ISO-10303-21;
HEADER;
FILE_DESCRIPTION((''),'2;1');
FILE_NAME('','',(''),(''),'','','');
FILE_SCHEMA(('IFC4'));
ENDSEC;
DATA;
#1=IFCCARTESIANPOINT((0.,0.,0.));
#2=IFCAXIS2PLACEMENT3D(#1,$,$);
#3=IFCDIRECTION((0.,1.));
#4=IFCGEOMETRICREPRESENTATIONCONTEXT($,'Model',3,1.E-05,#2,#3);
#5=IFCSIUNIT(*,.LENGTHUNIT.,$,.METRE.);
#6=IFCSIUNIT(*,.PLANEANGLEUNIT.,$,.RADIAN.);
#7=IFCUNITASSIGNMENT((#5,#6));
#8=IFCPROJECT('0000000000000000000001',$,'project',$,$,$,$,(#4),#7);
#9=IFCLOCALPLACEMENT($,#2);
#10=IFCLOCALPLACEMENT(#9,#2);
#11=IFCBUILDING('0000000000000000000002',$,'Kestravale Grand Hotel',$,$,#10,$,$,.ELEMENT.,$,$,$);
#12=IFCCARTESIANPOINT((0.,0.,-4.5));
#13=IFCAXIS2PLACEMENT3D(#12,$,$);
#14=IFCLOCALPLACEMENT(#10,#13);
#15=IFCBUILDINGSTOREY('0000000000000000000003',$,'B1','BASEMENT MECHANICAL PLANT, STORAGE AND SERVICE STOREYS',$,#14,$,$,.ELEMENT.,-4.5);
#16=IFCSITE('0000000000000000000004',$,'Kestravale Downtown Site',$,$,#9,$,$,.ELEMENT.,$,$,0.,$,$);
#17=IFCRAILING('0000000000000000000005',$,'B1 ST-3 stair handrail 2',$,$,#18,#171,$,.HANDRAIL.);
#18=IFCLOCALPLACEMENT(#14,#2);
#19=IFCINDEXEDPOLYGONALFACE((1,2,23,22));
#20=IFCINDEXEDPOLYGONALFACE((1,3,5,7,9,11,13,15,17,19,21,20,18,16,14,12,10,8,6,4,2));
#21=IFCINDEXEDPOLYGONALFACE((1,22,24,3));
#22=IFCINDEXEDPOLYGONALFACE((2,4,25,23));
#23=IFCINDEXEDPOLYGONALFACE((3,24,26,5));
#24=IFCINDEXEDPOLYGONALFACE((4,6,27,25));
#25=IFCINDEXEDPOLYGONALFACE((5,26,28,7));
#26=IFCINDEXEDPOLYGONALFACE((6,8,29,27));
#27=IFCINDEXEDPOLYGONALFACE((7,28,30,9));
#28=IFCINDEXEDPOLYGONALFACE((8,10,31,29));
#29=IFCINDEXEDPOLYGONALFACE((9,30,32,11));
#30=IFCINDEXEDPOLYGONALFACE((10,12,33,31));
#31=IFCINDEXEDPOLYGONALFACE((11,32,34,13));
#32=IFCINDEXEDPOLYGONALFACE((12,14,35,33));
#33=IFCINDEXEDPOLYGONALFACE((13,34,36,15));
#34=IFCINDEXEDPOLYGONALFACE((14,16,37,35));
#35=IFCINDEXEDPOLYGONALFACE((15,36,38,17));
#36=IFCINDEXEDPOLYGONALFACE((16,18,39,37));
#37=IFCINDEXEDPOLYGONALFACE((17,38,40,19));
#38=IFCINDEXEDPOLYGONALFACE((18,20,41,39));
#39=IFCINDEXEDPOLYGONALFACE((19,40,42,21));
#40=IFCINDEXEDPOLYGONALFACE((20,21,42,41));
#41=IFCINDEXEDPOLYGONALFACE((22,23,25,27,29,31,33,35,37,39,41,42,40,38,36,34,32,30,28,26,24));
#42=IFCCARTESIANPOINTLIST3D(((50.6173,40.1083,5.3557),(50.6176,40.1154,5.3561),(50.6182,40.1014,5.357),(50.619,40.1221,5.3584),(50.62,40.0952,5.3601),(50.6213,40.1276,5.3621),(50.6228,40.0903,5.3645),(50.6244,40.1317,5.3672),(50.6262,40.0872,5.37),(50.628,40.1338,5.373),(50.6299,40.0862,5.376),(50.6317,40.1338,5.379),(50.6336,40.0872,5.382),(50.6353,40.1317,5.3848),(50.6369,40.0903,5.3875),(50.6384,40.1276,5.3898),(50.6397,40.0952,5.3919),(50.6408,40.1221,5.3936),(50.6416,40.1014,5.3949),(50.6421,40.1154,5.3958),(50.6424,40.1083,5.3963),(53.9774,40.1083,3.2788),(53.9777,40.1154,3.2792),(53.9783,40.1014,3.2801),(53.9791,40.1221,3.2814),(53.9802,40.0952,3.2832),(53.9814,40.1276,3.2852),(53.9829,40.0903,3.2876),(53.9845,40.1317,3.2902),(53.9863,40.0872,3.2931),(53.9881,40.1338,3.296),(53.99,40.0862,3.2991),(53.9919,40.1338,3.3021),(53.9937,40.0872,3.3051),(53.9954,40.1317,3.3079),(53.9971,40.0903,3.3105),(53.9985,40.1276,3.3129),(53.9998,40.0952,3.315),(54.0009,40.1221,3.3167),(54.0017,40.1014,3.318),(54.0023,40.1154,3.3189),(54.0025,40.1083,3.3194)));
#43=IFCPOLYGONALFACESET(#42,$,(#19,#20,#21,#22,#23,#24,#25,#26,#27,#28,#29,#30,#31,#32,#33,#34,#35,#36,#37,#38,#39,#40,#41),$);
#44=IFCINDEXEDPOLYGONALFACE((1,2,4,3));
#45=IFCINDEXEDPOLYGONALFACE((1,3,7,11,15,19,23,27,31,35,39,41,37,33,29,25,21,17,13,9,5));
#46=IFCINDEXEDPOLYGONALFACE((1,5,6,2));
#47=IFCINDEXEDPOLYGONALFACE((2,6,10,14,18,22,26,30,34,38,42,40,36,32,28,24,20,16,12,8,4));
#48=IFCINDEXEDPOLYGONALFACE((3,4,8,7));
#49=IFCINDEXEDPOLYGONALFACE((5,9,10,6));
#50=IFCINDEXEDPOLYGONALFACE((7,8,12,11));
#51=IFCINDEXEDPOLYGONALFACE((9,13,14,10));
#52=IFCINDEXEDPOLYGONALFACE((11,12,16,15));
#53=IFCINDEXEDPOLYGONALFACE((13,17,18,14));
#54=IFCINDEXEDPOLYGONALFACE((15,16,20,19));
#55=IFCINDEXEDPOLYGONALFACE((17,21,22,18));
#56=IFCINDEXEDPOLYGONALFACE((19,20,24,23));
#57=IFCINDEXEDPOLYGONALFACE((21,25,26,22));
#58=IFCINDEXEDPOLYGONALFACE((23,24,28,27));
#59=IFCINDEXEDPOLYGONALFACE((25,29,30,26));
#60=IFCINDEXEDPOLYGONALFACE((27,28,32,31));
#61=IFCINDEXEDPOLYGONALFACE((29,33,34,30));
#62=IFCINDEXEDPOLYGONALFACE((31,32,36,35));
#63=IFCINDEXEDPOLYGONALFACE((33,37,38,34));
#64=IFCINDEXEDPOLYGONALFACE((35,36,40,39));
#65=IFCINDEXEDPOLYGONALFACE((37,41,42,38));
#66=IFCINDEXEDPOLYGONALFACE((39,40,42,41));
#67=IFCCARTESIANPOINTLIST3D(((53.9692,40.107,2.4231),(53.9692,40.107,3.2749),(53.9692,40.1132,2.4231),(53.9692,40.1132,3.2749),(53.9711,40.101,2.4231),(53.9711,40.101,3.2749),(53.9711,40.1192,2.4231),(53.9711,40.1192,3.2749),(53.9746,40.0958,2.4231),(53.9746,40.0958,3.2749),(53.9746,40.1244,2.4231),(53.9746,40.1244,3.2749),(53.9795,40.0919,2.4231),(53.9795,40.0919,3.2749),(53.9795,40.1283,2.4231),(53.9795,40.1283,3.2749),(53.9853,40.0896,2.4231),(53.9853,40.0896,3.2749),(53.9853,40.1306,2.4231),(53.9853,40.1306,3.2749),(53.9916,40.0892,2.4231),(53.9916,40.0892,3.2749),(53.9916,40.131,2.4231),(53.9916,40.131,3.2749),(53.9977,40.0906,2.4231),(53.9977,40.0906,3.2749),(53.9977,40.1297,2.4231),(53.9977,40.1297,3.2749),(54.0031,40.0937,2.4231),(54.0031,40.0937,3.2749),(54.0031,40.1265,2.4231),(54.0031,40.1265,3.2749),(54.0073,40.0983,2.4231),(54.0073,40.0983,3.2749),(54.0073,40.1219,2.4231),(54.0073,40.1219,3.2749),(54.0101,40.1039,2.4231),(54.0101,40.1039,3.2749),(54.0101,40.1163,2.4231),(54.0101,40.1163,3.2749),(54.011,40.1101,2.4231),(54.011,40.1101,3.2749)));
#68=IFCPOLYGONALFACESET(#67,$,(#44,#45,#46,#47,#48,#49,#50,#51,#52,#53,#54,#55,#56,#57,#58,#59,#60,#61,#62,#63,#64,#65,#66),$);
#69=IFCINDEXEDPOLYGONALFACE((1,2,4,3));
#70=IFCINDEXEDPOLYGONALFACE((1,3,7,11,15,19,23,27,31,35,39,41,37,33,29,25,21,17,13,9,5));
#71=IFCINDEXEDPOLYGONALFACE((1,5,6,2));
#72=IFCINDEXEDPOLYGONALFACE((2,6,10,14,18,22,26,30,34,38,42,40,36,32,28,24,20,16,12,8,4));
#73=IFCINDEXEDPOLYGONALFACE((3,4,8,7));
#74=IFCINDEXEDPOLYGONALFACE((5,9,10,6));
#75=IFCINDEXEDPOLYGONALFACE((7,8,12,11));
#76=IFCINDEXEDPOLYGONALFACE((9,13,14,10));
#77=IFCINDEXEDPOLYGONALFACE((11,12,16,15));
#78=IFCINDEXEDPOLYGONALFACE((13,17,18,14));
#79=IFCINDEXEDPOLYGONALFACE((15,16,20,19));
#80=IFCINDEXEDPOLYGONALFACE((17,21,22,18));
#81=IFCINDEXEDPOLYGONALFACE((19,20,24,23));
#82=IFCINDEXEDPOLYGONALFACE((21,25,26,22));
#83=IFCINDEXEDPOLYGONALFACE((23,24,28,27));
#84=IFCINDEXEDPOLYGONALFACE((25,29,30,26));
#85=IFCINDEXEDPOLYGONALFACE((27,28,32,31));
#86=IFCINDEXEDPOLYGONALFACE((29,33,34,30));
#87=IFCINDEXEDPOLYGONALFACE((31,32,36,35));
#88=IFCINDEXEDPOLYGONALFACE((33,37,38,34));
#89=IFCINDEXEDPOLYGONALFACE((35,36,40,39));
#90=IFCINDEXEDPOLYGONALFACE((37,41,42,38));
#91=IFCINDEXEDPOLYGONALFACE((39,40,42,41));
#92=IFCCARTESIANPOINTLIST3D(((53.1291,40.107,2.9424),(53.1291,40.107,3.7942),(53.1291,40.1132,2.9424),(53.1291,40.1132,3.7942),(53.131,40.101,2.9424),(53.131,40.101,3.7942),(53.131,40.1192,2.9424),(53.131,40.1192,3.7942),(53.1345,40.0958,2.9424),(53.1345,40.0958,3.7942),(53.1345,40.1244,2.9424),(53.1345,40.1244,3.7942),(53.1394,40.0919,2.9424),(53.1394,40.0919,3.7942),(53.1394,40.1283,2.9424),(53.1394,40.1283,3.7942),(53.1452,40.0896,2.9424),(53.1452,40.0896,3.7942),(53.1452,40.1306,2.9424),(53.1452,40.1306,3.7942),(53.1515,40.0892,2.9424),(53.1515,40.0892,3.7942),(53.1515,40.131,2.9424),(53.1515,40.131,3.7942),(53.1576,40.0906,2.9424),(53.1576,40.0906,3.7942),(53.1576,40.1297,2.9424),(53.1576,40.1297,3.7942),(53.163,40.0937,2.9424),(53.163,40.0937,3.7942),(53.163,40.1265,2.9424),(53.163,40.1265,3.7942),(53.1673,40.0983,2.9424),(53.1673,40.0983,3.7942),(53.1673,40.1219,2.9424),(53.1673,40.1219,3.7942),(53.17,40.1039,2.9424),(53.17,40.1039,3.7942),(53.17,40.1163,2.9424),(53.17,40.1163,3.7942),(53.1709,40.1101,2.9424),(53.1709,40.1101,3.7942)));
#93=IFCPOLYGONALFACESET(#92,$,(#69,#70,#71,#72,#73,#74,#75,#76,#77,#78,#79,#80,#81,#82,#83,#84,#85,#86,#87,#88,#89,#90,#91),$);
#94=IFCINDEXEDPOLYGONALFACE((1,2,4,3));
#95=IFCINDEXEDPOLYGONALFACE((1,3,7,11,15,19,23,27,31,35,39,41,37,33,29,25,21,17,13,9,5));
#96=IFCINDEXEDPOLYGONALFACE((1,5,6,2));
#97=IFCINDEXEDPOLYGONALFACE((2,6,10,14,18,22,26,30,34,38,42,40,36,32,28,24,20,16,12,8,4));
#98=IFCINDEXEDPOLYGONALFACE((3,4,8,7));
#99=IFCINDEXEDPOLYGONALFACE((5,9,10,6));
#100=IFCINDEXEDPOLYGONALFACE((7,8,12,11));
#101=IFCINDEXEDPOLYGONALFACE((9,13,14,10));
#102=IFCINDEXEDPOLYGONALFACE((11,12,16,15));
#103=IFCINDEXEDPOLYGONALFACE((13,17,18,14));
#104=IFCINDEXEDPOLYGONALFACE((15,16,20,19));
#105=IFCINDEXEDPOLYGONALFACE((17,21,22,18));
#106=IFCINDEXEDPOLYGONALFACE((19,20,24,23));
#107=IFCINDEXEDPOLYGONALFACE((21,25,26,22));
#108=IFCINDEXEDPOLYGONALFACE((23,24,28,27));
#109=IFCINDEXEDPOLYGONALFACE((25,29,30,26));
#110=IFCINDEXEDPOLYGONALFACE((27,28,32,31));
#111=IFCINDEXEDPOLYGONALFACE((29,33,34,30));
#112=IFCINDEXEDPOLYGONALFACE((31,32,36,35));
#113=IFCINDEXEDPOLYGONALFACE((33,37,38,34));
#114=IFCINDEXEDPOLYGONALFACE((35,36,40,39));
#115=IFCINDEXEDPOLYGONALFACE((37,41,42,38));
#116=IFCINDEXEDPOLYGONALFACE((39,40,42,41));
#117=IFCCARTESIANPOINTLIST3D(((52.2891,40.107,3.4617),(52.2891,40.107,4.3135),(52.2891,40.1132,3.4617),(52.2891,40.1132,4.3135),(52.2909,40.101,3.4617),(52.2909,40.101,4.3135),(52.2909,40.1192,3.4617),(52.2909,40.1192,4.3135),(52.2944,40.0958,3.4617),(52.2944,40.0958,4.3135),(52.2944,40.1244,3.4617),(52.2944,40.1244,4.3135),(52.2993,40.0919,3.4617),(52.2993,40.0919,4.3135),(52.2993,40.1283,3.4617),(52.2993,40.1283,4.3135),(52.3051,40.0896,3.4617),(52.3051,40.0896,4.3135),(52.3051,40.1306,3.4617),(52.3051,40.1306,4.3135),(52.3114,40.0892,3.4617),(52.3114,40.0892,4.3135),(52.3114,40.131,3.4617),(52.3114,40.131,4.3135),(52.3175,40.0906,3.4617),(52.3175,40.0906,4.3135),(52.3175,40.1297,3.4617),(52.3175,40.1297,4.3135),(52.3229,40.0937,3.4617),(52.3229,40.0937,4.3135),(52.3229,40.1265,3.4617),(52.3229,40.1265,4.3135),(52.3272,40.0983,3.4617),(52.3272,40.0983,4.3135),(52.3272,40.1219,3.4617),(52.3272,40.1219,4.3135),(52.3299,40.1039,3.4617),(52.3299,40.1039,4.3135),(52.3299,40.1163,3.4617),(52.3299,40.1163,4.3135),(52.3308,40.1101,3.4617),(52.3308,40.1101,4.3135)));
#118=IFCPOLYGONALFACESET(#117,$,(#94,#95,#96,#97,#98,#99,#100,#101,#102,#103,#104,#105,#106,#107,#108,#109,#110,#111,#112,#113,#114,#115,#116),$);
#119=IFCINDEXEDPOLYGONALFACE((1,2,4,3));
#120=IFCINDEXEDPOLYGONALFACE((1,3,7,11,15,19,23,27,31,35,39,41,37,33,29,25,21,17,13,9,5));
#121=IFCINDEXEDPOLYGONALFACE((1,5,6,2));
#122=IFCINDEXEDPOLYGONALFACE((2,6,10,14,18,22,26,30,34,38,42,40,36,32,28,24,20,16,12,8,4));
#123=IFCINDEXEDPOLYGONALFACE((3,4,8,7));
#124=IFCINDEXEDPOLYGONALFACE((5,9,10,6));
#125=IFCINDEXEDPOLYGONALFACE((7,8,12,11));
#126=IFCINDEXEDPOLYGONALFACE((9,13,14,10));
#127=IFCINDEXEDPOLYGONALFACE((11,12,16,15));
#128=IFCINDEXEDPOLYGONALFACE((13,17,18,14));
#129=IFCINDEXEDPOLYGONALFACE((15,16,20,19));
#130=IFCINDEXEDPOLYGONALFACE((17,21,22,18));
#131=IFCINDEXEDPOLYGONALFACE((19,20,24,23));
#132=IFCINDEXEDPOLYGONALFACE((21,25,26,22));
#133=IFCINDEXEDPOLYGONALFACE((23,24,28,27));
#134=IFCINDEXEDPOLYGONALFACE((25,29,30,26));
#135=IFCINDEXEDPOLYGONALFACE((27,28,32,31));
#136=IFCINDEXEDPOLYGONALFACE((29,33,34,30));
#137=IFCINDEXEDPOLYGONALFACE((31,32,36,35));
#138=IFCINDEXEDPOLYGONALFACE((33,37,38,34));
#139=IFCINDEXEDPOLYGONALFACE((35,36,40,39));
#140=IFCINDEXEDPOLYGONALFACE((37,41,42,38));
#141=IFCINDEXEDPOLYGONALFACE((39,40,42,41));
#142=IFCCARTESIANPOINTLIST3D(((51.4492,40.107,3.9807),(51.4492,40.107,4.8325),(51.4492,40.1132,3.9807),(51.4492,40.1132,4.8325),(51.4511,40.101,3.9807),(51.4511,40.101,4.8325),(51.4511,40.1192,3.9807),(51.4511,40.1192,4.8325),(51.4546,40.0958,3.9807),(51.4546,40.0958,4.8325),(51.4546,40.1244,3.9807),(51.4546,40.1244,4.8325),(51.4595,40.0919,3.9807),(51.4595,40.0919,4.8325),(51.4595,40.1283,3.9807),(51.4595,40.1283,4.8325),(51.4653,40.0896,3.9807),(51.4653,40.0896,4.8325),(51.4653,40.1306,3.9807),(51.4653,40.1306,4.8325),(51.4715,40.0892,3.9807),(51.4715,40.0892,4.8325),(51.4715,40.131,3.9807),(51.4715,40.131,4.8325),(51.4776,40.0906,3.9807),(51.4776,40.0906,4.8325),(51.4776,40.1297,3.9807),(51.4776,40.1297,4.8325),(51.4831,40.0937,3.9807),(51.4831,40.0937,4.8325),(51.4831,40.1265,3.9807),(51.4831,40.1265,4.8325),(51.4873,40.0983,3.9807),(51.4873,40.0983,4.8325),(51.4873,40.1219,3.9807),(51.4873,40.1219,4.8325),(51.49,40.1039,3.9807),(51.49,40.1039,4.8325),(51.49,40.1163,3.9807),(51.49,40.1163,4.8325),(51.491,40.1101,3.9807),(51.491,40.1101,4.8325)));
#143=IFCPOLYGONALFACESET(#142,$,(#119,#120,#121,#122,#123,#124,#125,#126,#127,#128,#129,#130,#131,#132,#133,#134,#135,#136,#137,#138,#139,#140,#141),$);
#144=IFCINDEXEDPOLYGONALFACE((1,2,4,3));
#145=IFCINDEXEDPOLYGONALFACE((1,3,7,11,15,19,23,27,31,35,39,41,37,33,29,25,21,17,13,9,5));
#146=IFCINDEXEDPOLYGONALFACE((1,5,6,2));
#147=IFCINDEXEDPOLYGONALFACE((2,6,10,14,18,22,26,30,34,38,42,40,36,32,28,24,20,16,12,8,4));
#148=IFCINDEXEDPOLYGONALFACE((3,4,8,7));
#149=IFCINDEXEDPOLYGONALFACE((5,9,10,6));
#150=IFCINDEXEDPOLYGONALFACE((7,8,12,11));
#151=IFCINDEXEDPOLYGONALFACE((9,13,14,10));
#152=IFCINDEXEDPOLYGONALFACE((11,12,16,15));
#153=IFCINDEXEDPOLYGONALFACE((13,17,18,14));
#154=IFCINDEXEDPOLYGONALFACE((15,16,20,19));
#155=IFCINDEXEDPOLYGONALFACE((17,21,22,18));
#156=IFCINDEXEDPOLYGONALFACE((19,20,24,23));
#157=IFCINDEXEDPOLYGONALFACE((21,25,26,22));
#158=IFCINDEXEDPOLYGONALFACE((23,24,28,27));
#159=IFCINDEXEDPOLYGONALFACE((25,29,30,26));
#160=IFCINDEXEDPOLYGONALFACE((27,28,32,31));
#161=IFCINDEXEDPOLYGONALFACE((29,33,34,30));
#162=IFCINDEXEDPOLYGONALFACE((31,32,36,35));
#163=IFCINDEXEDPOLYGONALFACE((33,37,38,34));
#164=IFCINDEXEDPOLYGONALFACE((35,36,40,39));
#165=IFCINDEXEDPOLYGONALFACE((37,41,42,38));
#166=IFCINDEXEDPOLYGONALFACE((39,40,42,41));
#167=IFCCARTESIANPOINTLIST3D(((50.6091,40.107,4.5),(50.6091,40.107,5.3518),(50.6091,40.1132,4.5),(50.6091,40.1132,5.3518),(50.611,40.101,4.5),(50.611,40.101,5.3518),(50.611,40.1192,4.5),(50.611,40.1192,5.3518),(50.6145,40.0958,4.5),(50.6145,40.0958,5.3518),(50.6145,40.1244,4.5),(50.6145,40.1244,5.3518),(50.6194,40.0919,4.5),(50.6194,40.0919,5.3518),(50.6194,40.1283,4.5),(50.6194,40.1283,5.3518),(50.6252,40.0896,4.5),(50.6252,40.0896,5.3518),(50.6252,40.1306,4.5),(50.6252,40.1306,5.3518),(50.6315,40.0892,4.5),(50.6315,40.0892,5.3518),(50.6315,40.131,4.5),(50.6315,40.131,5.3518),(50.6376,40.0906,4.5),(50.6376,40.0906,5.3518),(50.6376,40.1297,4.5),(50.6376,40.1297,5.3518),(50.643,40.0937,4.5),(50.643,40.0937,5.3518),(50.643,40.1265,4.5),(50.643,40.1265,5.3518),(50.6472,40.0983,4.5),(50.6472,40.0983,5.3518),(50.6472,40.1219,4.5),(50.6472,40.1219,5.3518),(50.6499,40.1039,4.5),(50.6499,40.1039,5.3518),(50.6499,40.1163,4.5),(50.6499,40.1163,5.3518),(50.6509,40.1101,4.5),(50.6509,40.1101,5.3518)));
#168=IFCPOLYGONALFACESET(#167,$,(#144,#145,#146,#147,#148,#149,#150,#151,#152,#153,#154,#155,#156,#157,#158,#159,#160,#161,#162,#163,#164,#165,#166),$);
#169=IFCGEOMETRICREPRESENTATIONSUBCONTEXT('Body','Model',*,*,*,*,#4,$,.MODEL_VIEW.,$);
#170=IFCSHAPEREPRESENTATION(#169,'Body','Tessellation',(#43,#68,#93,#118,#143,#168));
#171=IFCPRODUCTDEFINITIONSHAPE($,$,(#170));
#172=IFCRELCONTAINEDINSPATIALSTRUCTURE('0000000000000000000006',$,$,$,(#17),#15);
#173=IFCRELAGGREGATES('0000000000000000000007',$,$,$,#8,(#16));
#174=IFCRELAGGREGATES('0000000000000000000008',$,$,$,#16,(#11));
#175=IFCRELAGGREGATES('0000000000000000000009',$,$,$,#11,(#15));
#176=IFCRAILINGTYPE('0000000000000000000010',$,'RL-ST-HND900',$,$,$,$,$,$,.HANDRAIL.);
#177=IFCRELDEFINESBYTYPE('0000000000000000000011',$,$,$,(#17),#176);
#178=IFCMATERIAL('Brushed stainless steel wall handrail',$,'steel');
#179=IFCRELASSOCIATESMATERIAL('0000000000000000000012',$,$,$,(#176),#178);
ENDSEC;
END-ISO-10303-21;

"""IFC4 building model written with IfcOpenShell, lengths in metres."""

from ifc_helpers import new_model, si_unit, direction, frame, origin, origin_2d, place, context, subcontext, project, spatial, circle, extrude, material, type_object, element, save


model = new_model("IFC4")

# Units and contexts
model_context = context("Model", 3, precision=1e-05, world=origin(), true_north=direction((0.0, 1.0)))
body_context = subcontext(model_context, "Body", "Model", "MODEL_VIEW")
ifc_project = project(units=[si_unit("LENGTHUNIT", "METRE"), si_unit("PLANEANGLEUNIT", "RADIAN")], contexts=[model_context])

# Site, building, storey
site_placement = place(None, origin())
site = spatial("IfcSite", under=ifc_project, at=site_placement, Name="Kestravale Downtown Site", CompositionType="ELEMENT", RefElevation=0.0)
building_placement = place(site_placement, origin())
building = spatial("IfcBuilding", under=site, at=building_placement, Name="Kestravale Grand Hotel", CompositionType="ELEMENT")
storey_placement = place(building_placement, frame((0.0, 0.0, -4.5)))
storey = spatial("IfcBuildingStorey", under=building, at=storey_placement, Name="B1", Description="BASEMENT MECHANICAL PLANT, STORAGE AND SERVICE STOREYS", CompositionType="ELEMENT", Elevation=-4.5)

# Railing
ifc_material_1 = material(Name="Brushed stainless steel wall handrail", Category="steel")
railing_type_1 = type_object("IfcRailingType", Name="RL-ST-HND900", PredefinedType="HANDRAIL", material=ifc_material_1)
railing_1_placement = place(storey_placement, frame((53.99, 40.1101, 2.4231)))
element("IfcRailing", 1, at=railing_1_placement, inside=storey, type_object=railing_type_1, Name="B1 ST-3 stair handrail 2", PredefinedType="HANDRAIL", context=body_context, shape_type="SweptSolid", body=[
    extrude(circle(Radius=0.0239, at=origin_2d()), frame((0.0, 0.0, 0.876), z_axis=(-0.850623, 0.0, 0.525776), x_axis=(0.0, -1.0, 0.0)), (0.0, 0.0, 1.0), 3.9502),
    extrude(circle(Radius=0.021, at=origin_2d()), origin(), (0.0, 0.0, 1.0), 0.8518),
    extrude(circle(Radius=0.021, at=origin_2d()), frame((-0.8401, 0.0, 0.5193)), (0.0, 0.0, 1.0), 0.8518),
    extrude(circle(Radius=0.021, at=origin_2d()), frame((-1.6802, 0.0, 1.0386)), (0.0, 0.0, 1.0), 0.8518),
    extrude(circle(Radius=0.021, at=origin_2d()), frame((-2.52, 0.0, 1.5576)), (0.0, 0.0, 1.0), 0.8518),
    extrude(circle(Radius=0.021, at=origin_2d()), frame((-3.3601, 0.0, 2.0769)), (0.0, 0.0, 1.0), 0.8518),
])

save(model, "model.ifc")
